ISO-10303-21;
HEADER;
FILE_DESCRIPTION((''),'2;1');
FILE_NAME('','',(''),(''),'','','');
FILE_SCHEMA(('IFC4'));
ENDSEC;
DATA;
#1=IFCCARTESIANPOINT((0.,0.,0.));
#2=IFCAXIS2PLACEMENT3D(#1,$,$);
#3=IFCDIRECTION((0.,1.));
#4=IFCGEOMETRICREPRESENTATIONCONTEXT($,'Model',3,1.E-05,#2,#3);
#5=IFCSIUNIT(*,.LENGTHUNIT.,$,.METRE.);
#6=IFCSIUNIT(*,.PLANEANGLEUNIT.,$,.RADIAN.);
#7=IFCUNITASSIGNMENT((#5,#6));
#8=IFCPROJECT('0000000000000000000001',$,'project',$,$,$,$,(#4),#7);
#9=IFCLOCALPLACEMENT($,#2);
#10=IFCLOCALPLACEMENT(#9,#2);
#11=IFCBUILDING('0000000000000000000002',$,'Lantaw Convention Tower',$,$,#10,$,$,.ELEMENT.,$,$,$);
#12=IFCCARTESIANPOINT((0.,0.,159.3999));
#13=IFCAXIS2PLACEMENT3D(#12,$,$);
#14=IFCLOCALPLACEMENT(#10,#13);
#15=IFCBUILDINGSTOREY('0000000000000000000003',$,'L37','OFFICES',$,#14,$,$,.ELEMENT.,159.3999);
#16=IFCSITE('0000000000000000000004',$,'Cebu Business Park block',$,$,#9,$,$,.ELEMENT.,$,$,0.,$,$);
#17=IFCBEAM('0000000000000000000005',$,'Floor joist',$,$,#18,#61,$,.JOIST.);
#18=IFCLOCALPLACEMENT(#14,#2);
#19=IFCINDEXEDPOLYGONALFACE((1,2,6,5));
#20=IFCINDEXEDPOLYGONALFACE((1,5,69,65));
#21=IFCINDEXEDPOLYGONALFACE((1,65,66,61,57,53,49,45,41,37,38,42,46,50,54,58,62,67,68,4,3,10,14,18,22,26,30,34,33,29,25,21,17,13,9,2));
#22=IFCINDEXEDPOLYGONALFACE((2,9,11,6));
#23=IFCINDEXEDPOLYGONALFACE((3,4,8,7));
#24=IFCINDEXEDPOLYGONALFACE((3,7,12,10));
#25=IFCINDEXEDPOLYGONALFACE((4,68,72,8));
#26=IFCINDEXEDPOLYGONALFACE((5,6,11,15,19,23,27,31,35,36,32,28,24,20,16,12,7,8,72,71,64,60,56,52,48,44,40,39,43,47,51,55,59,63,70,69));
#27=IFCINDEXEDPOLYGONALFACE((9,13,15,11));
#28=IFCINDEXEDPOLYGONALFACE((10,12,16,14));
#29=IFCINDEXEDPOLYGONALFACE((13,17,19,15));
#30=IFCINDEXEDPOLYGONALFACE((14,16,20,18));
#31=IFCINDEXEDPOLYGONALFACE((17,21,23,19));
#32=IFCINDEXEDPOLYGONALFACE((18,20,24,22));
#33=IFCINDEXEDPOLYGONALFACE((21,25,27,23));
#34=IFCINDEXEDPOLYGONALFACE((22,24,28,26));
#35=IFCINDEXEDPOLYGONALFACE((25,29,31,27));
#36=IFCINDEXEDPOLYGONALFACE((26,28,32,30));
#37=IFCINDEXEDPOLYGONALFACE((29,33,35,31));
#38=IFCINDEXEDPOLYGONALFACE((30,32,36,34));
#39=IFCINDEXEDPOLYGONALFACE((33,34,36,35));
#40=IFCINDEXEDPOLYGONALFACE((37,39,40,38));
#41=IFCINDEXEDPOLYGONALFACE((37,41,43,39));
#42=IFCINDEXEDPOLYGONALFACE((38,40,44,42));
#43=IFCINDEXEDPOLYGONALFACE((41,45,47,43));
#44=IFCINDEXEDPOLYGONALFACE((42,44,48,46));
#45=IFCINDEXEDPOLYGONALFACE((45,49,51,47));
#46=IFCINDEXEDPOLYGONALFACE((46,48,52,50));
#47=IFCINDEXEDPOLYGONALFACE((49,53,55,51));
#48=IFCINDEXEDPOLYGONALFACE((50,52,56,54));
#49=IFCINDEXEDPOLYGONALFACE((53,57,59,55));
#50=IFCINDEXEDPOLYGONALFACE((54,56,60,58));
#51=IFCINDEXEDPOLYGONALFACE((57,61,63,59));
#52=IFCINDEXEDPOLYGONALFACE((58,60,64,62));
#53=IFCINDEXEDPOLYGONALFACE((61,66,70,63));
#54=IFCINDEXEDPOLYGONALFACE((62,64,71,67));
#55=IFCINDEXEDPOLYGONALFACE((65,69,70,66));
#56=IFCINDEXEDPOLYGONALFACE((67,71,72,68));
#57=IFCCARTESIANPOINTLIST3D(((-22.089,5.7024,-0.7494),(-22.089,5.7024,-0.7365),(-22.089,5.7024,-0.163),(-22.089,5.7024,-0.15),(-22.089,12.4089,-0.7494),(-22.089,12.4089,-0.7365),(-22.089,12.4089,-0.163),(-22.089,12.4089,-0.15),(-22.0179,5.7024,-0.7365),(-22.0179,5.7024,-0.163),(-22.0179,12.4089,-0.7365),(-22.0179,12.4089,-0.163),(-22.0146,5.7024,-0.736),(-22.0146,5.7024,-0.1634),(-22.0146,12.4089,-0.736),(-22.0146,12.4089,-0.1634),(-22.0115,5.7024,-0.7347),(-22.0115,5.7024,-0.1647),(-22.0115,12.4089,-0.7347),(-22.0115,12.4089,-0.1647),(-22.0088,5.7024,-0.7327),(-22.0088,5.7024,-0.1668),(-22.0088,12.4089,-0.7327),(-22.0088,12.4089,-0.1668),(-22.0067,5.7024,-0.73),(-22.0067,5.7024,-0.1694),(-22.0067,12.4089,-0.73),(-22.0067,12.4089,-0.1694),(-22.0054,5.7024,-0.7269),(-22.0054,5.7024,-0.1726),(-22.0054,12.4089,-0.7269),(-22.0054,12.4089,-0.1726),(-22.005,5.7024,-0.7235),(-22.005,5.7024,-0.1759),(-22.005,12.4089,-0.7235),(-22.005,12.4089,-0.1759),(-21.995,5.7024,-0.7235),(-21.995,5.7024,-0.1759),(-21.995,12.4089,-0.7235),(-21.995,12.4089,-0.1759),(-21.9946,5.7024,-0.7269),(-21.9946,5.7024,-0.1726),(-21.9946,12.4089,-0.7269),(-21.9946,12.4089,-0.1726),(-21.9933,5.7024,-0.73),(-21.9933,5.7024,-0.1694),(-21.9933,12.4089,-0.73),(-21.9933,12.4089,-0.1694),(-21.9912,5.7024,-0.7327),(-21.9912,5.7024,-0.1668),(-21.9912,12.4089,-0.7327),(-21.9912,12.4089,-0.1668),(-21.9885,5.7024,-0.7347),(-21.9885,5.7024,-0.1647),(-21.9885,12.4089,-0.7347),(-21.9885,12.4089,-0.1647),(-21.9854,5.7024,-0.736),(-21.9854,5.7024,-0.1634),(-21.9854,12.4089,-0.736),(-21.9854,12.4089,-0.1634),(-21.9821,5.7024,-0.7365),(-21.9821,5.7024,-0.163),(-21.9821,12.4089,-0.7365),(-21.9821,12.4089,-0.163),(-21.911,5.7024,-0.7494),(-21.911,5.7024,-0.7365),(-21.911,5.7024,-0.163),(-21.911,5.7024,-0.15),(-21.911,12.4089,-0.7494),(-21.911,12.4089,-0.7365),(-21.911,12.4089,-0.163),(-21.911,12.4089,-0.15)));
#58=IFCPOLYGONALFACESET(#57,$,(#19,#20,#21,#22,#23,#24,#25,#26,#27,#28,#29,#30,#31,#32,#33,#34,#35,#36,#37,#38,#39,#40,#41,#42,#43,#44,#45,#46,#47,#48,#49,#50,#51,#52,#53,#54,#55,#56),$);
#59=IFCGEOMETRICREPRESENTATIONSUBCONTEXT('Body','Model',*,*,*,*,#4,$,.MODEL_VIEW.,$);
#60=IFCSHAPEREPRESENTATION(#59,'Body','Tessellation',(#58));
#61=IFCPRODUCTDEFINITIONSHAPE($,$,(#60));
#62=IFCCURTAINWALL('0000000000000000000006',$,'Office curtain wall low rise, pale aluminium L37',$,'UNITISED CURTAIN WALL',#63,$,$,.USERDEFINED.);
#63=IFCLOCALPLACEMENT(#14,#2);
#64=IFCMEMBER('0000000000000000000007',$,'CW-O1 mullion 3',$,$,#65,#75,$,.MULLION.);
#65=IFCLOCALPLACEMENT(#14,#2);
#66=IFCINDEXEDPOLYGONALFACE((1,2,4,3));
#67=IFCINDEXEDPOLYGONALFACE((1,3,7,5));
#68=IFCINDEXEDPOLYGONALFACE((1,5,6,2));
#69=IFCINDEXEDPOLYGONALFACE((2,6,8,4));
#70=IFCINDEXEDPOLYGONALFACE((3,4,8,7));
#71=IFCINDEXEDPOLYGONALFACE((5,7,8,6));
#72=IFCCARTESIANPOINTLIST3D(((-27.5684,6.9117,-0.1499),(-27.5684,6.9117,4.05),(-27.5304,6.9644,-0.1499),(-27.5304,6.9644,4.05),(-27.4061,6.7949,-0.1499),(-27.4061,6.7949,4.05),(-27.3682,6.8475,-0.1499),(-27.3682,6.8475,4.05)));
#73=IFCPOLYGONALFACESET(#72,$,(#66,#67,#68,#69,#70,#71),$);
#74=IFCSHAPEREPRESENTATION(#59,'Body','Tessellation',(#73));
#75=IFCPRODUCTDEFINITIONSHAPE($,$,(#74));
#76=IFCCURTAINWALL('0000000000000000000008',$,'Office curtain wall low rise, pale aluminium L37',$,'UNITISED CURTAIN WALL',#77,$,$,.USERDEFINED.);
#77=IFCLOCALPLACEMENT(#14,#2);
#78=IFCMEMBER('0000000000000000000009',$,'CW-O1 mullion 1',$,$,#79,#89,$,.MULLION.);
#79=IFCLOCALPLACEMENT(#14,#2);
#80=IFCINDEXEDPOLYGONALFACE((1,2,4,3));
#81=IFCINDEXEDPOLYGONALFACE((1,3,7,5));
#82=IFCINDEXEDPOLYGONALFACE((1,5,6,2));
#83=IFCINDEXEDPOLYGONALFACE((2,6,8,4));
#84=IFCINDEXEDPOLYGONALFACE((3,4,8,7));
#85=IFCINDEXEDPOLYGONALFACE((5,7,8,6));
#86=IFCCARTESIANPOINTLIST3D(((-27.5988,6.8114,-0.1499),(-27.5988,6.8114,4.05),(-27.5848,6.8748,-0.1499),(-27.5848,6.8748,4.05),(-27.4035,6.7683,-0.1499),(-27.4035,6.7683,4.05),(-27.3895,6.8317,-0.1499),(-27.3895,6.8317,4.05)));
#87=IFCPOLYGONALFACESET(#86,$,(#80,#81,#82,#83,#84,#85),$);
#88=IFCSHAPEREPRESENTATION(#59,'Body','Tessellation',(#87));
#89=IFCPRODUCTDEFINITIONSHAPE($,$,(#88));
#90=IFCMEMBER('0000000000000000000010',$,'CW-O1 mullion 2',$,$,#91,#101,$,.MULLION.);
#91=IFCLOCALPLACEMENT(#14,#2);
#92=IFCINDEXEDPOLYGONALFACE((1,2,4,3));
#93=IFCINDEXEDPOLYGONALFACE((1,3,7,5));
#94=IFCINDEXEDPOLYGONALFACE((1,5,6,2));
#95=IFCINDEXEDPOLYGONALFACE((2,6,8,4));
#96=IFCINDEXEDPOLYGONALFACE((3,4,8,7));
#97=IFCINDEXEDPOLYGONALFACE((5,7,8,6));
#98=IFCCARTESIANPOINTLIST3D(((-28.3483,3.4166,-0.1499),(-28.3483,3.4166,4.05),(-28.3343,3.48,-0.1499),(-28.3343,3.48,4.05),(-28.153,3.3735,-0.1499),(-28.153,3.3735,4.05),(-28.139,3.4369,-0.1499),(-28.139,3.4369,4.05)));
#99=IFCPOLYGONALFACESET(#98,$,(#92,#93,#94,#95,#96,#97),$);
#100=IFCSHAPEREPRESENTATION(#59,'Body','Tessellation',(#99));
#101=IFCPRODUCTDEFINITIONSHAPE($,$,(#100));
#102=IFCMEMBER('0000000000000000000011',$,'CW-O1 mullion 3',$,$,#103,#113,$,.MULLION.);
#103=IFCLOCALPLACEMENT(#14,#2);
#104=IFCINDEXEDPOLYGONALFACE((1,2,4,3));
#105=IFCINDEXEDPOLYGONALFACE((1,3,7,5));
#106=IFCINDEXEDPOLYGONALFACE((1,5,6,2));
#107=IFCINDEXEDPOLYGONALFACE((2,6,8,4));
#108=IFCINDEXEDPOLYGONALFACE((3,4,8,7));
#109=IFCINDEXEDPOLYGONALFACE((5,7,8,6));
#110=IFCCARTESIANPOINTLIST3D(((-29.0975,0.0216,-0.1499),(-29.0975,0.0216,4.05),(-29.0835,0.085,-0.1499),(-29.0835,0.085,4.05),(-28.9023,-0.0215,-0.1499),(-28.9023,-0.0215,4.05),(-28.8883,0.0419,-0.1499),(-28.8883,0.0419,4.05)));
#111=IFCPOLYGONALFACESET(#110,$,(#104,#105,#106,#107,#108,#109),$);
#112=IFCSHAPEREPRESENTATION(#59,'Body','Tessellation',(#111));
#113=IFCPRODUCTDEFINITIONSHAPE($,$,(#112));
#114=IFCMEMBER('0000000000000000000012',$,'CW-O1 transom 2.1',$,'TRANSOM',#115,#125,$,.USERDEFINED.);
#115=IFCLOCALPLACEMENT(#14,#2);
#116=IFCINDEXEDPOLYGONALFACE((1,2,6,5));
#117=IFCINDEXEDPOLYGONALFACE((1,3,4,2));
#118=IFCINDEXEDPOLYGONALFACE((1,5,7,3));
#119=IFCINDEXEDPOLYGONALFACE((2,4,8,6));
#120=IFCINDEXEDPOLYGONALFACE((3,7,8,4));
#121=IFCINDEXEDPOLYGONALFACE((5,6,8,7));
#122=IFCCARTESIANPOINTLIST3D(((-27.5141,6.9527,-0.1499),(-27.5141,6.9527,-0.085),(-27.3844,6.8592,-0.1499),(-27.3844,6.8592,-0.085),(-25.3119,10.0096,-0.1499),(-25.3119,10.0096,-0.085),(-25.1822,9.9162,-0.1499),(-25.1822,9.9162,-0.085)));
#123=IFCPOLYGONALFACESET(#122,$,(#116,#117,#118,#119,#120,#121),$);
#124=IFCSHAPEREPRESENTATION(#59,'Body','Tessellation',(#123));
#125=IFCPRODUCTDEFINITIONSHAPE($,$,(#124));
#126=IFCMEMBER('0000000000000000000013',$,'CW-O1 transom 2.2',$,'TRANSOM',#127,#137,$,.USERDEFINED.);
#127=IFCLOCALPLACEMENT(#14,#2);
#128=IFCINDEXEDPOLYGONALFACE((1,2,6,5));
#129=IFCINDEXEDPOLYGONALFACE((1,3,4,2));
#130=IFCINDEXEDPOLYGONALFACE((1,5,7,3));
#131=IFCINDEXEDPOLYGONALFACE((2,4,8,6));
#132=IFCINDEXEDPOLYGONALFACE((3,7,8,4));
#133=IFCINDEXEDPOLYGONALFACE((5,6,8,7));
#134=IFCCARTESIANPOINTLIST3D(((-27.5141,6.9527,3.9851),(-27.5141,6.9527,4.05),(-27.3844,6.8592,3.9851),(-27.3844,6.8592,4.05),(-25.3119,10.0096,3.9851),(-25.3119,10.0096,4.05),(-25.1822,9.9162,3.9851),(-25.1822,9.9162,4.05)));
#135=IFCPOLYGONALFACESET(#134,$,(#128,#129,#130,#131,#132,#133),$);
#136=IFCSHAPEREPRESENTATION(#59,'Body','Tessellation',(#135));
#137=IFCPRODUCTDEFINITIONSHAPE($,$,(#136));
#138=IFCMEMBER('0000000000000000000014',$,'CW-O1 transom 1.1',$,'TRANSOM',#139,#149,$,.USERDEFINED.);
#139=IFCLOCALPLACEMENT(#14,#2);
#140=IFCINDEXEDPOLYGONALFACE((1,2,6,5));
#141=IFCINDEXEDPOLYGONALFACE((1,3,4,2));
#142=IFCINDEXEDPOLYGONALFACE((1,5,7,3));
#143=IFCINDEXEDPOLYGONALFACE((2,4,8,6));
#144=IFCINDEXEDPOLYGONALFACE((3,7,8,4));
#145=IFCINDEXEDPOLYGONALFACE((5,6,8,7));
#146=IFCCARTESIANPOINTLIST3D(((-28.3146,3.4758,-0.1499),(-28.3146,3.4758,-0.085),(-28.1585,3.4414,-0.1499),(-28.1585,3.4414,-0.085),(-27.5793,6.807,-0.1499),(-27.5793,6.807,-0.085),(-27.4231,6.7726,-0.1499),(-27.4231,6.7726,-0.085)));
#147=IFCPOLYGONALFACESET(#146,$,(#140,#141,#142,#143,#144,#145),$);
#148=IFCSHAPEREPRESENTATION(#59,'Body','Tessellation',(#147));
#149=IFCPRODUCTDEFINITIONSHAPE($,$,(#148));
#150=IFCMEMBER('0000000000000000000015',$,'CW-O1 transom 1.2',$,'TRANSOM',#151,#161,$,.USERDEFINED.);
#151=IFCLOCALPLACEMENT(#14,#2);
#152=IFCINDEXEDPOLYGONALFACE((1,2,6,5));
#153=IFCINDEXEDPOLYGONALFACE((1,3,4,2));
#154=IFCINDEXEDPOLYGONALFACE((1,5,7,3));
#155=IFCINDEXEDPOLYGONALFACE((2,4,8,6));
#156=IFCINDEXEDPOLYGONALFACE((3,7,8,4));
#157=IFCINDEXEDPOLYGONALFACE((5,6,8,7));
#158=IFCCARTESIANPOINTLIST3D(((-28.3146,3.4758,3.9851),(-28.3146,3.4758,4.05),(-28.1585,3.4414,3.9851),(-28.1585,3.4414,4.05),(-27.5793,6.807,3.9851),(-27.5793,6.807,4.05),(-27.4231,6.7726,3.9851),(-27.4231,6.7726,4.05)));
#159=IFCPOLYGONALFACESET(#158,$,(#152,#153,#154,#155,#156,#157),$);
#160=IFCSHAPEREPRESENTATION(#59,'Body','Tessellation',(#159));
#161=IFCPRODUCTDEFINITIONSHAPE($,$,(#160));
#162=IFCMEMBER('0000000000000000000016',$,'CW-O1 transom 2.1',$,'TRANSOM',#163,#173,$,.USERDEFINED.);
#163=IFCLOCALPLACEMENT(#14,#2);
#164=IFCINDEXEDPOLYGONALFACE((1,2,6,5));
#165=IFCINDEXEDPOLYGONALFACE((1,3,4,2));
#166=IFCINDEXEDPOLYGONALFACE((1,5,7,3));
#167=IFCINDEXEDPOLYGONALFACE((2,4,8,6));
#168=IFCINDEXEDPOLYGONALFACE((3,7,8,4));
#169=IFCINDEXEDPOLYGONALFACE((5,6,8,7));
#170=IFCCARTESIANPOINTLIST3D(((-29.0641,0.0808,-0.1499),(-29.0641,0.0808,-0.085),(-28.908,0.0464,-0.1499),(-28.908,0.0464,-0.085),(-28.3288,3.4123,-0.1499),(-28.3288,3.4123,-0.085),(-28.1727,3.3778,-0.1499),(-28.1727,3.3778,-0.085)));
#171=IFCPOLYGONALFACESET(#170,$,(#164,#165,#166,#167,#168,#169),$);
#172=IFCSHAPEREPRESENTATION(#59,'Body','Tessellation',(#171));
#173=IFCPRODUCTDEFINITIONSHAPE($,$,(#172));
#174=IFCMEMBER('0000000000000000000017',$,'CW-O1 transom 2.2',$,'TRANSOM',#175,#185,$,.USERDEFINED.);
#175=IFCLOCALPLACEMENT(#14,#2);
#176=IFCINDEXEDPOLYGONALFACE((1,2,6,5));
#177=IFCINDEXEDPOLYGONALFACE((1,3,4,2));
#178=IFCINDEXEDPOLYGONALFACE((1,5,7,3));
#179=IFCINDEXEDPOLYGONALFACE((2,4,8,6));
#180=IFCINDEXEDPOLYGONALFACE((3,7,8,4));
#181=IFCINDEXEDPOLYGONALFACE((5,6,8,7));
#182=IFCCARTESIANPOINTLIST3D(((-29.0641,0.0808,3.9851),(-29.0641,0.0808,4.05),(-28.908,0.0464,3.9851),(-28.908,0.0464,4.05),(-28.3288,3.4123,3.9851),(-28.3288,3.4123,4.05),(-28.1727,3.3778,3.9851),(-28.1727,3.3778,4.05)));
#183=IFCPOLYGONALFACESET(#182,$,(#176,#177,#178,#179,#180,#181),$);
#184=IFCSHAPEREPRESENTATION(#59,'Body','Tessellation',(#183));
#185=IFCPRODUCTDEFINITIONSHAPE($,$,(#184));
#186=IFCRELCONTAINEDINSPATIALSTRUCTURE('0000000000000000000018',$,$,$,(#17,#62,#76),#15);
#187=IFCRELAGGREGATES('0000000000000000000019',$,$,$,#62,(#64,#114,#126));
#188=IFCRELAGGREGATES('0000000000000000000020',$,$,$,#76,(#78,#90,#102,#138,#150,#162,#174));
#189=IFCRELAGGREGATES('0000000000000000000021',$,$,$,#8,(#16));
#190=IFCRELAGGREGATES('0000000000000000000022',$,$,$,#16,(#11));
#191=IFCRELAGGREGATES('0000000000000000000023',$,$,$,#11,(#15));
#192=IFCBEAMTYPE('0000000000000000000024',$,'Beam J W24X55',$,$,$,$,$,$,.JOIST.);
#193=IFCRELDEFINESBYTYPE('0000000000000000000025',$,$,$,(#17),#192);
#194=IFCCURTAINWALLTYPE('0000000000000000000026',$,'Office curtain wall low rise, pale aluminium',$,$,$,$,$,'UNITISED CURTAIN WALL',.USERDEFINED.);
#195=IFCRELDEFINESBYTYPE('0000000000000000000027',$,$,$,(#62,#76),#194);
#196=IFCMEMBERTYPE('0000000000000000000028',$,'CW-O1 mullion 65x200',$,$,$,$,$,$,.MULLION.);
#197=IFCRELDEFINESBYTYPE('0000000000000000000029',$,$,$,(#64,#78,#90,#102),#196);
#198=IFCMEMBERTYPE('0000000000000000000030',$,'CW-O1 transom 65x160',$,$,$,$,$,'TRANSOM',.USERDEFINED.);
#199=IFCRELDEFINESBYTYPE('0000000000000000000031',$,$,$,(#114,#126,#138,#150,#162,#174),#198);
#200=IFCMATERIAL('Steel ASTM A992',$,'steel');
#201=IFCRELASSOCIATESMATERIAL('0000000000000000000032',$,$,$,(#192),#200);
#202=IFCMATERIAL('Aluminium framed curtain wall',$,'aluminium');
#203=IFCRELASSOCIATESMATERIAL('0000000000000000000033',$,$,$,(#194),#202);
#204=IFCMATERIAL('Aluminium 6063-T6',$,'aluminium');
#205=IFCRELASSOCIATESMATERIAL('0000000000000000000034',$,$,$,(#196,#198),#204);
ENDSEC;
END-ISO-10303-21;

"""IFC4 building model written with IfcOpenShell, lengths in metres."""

from ifc_helpers import new_model, si_unit, direction, frame, origin, origin_2d, place, context, subcontext, project, spatial, rectangle, i_section, extrude, material, material_profile, profile_set, type_object, element, aggregate, save


model = new_model("IFC4")

# Units and contexts
model_context = context("Model", 3, precision=1e-05, world=origin(), true_north=direction((0.0, 1.0)))
body_context = subcontext(model_context, "Body", "Model", "MODEL_VIEW")
ifc_project = project(units=[si_unit("LENGTHUNIT", "METRE"), si_unit("PLANEANGLEUNIT", "RADIAN")], contexts=[model_context])

# Site, building, storey
site_placement = place(None, origin())
site = spatial("IfcSite", under=ifc_project, at=site_placement, Name="Cebu Business Park block", CompositionType="ELEMENT", RefElevation=0.0)
building_placement = place(site_placement, origin())
building = spatial("IfcBuilding", under=site, at=building_placement, Name="Lantaw Convention Tower", CompositionType="ELEMENT")
storey_placement = place(building_placement, frame((0.0, 0.0, 159.3999)))
storey = spatial("IfcBuildingStorey", under=building, at=storey_placement, Name="L37", Description="OFFICES", CompositionType="ELEMENT", Elevation=159.3999)

# Beam
ifc_material_1 = material(Name="Steel ASTM A992", Category="steel")
ifc_material_profile_1 = material_profile(ifc_material_1, i_section(OverallWidth=0.178, OverallDepth=0.5994, WebThickness=0.01, FlangeThickness=0.0129, FilletRadius=0.0129, at=origin_2d()), Name="W24X55")
ifc_profile_set_1 = profile_set([ifc_material_profile_1], Name="Steel ASTM A992")
beam_type_1 = type_object("IfcBeamType", Name="Beam J W24X55", PredefinedType="JOIST", material=ifc_profile_set_1)
beam_1_placement = place(storey_placement, frame((-22.0, 5.7024, -0.4497), z_axis=(0.0, 1.0, 0.0), x_axis=(-1.0, 0.0, 0.0)))
element("IfcBeam", 1, at=beam_1_placement, inside=storey, type_object=beam_type_1, Name="Floor joist", PredefinedType="JOIST", context=body_context, shape_type="SweptSolid", body=[
    extrude(i_section(OverallWidth=0.178, OverallDepth=0.5994, WebThickness=0.01, FlangeThickness=0.0129, FilletRadius=0.0129, at=origin_2d()), origin(), (0.0, 0.0, 1.0), 6.7065),
])

# Curtain wall, member
ifc_material_2 = material(Name="Aluminium framed curtain wall", Category="aluminium")
curtain_wall_type = type_object("IfcCurtainWallType", Name="Office curtain wall low rise, pale aluminium", ElementType="UNITISED CURTAIN WALL", PredefinedType="USERDEFINED", material=ifc_material_2)
curtain_wall_1_placement = place(storey_placement, origin())
curtain_wall_1 = element("IfcCurtainWall", 2, at=curtain_wall_1_placement, inside=storey, type_object=curtain_wall_type, Name="Office curtain wall low rise, pale aluminium L37", ObjectType="UNITISED CURTAIN WALL", PredefinedType="USERDEFINED")
ifc_material_3 = material(Name="Aluminium 6063-T6", Category="aluminium")
ifc_material_profile_2 = material_profile(ifc_material_3, rectangle(XDim=0.2, YDim=0.0649, at=origin_2d()), Name="CW-O1 mullion 65x200")
ifc_profile_set_2 = profile_set([ifc_material_profile_2], Name="Aluminium 6063-T6")
member_type_1 = type_object("IfcMemberType", Name="CW-O1 mullion 65x200", PredefinedType="MULLION", material=ifc_profile_set_2)
member_1_placement = place(storey_placement, frame((-27.4683, 6.8796, -0.1499), z_axis=(0.0, 0.0, 1.0), x_axis=(0.811385, -0.584513, 0.0)))
member_1 = element("IfcMember", 3, at=member_1_placement, type_object=member_type_1, Name="CW-O1 mullion 3", PredefinedType="MULLION", context=body_context, shape_type="SweptSolid", body=[
    extrude(rectangle(XDim=0.2, YDim=0.0649, at=origin_2d()), origin(), (0.0, 0.0, 1.0), 4.2),
])

# Curtain wall, members
curtain_wall_2_placement = place(storey_placement, origin())
curtain_wall_2 = element("IfcCurtainWall", 4, at=curtain_wall_2_placement, inside=storey, type_object=curtain_wall_type, Name="Office curtain wall low rise, pale aluminium L37", ObjectType="UNITISED CURTAIN WALL", PredefinedType="USERDEFINED")
member_2_placement = place(storey_placement, frame((-27.4941, 6.8215, -0.1499), z_axis=(0.0, 0.0, 1.0), x_axis=(0.976494, -0.215546, 0.0)))
member_2 = element("IfcMember", 5, at=member_2_placement, type_object=member_type_1, Name="CW-O1 mullion 1", PredefinedType="MULLION", context=body_context, shape_type="SweptSolid", body=[
    extrude(rectangle(XDim=0.2, YDim=0.0649, at=origin_2d()), origin(), (0.0, 0.0, 1.0), 4.2),
])
member_3_placement = place(storey_placement, frame((-28.2437, 3.4268, -0.1499), z_axis=(0.0, 0.0, 1.0), x_axis=(0.976494, -0.215546, 0.0)))
member_3 = element("IfcMember", 6, at=member_3_placement, type_object=member_type_1, Name="CW-O1 mullion 2", PredefinedType="MULLION", context=body_context, shape_type="SweptSolid", body=[
    extrude(rectangle(XDim=0.2, YDim=0.0649, at=origin_2d()), origin(), (0.0, 0.0, 1.0), 4.2),
])
member_4_placement = place(storey_placement, frame((-28.9929, 0.0317, -0.1499), z_axis=(0.0, 0.0, 1.0), x_axis=(0.976494, -0.215546, 0.0)))
member_4 = element("IfcMember", 7, at=member_4_placement, type_object=member_type_1, Name="CW-O1 mullion 3", PredefinedType="MULLION", context=body_context, shape_type="SweptSolid", body=[
    extrude(rectangle(XDim=0.2, YDim=0.0649, at=origin_2d()), origin(), (0.0, 0.0, 1.0), 4.2),
])

# Members
ifc_material_profile_3 = material_profile(ifc_material_3, rectangle(XDim=0.1599, YDim=0.0649, at=origin_2d()), Name="CW-O1 transom 65x160")
ifc_profile_set_3 = profile_set([ifc_material_profile_3], Name="Aluminium 6063-T6")
member_type_2 = type_object("IfcMemberType", Name="CW-O1 transom 65x160", ElementType="TRANSOM", PredefinedType="USERDEFINED", material=ifc_profile_set_3)
member_5_placement = place(storey_placement, frame((-25.2471, 9.9629, -0.1174), z_axis=(-0.584513, -0.811384, 0.0), x_axis=(0.811384, -0.584513, 0.0)))
member_5 = element("IfcMember", 8, at=member_5_placement, type_object=member_type_2, Name="CW-O1 transom 2.1", ObjectType="TRANSOM", PredefinedType="USERDEFINED", context=body_context, shape_type="SweptSolid", body=[
    extrude(rectangle(XDim=0.1599, YDim=0.0649, at=origin_2d()), origin(), (0.0, 0.0, 1.0), 3.7676),
])
member_6_placement = place(storey_placement, frame((-25.2471, 9.9629, 4.0176), z_axis=(-0.584513, -0.811384, 0.0), x_axis=(0.811384, -0.584513, 0.0)))
member_6 = element("IfcMember", 9, at=member_6_placement, type_object=member_type_2, Name="CW-O1 transom 2.2", ObjectType="TRANSOM", PredefinedType="USERDEFINED", context=body_context, shape_type="SweptSolid", body=[
    extrude(rectangle(XDim=0.1599, YDim=0.0649, at=origin_2d()), origin(), (0.0, 0.0, 1.0), 3.7676),
])
member_7_placement = place(storey_placement, frame((-27.5012, 6.7898, -0.1174), z_axis=(-0.215551, -0.976493, 0.0), x_axis=(0.976493, -0.215551, 0.0)))
member_7 = element("IfcMember", 10, at=member_7_placement, type_object=member_type_2, Name="CW-O1 transom 1.1", ObjectType="TRANSOM", PredefinedType="USERDEFINED", context=body_context, shape_type="SweptSolid", body=[
    extrude(rectangle(XDim=0.1599, YDim=0.0649, at=origin_2d()), origin(), (0.0, 0.0, 1.0), 3.4114),
])
member_8_placement = place(storey_placement, frame((-27.5012, 6.7898, 4.0176), z_axis=(-0.215551, -0.976493, 0.0), x_axis=(0.976493, -0.215551, 0.0)))
member_8 = element("IfcMember", 11, at=member_8_placement, type_object=member_type_2, Name="CW-O1 transom 1.2", ObjectType="TRANSOM", PredefinedType="USERDEFINED", context=body_context, shape_type="SweptSolid", body=[
    extrude(rectangle(XDim=0.1599, YDim=0.0649, at=origin_2d()), origin(), (0.0, 0.0, 1.0), 3.4114),
])
member_9_placement = place(storey_placement, frame((-28.2507, 3.395, -0.1174), z_axis=(-0.215536, -0.976496, 0.0), x_axis=(0.976496, -0.215536, 0.0)))
member_9 = element("IfcMember", 12, at=member_9_placement, type_object=member_type_2, Name="CW-O1 transom 2.1", ObjectType="TRANSOM", PredefinedType="USERDEFINED", context=body_context, shape_type="SweptSolid", body=[
    extrude(rectangle(XDim=0.1599, YDim=0.0649, at=origin_2d()), origin(), (0.0, 0.0, 1.0), 3.4116),
])
member_10_placement = place(storey_placement, frame((-28.2507, 3.395, 4.0176), z_axis=(-0.215536, -0.976496, 0.0), x_axis=(0.976496, -0.215536, 0.0)))
member_10 = element("IfcMember", 13, at=member_10_placement, type_object=member_type_2, Name="CW-O1 transom 2.2", ObjectType="TRANSOM", PredefinedType="USERDEFINED", context=body_context, shape_type="SweptSolid", body=[
    extrude(rectangle(XDim=0.1599, YDim=0.0649, at=origin_2d()), origin(), (0.0, 0.0, 1.0), 3.4116),
])

aggregate(curtain_wall_1, [member_1, member_5, member_6])
aggregate(curtain_wall_2, [member_2, member_3, member_4, member_7, member_8, member_9, member_10])

save(model, "model.ifc")
